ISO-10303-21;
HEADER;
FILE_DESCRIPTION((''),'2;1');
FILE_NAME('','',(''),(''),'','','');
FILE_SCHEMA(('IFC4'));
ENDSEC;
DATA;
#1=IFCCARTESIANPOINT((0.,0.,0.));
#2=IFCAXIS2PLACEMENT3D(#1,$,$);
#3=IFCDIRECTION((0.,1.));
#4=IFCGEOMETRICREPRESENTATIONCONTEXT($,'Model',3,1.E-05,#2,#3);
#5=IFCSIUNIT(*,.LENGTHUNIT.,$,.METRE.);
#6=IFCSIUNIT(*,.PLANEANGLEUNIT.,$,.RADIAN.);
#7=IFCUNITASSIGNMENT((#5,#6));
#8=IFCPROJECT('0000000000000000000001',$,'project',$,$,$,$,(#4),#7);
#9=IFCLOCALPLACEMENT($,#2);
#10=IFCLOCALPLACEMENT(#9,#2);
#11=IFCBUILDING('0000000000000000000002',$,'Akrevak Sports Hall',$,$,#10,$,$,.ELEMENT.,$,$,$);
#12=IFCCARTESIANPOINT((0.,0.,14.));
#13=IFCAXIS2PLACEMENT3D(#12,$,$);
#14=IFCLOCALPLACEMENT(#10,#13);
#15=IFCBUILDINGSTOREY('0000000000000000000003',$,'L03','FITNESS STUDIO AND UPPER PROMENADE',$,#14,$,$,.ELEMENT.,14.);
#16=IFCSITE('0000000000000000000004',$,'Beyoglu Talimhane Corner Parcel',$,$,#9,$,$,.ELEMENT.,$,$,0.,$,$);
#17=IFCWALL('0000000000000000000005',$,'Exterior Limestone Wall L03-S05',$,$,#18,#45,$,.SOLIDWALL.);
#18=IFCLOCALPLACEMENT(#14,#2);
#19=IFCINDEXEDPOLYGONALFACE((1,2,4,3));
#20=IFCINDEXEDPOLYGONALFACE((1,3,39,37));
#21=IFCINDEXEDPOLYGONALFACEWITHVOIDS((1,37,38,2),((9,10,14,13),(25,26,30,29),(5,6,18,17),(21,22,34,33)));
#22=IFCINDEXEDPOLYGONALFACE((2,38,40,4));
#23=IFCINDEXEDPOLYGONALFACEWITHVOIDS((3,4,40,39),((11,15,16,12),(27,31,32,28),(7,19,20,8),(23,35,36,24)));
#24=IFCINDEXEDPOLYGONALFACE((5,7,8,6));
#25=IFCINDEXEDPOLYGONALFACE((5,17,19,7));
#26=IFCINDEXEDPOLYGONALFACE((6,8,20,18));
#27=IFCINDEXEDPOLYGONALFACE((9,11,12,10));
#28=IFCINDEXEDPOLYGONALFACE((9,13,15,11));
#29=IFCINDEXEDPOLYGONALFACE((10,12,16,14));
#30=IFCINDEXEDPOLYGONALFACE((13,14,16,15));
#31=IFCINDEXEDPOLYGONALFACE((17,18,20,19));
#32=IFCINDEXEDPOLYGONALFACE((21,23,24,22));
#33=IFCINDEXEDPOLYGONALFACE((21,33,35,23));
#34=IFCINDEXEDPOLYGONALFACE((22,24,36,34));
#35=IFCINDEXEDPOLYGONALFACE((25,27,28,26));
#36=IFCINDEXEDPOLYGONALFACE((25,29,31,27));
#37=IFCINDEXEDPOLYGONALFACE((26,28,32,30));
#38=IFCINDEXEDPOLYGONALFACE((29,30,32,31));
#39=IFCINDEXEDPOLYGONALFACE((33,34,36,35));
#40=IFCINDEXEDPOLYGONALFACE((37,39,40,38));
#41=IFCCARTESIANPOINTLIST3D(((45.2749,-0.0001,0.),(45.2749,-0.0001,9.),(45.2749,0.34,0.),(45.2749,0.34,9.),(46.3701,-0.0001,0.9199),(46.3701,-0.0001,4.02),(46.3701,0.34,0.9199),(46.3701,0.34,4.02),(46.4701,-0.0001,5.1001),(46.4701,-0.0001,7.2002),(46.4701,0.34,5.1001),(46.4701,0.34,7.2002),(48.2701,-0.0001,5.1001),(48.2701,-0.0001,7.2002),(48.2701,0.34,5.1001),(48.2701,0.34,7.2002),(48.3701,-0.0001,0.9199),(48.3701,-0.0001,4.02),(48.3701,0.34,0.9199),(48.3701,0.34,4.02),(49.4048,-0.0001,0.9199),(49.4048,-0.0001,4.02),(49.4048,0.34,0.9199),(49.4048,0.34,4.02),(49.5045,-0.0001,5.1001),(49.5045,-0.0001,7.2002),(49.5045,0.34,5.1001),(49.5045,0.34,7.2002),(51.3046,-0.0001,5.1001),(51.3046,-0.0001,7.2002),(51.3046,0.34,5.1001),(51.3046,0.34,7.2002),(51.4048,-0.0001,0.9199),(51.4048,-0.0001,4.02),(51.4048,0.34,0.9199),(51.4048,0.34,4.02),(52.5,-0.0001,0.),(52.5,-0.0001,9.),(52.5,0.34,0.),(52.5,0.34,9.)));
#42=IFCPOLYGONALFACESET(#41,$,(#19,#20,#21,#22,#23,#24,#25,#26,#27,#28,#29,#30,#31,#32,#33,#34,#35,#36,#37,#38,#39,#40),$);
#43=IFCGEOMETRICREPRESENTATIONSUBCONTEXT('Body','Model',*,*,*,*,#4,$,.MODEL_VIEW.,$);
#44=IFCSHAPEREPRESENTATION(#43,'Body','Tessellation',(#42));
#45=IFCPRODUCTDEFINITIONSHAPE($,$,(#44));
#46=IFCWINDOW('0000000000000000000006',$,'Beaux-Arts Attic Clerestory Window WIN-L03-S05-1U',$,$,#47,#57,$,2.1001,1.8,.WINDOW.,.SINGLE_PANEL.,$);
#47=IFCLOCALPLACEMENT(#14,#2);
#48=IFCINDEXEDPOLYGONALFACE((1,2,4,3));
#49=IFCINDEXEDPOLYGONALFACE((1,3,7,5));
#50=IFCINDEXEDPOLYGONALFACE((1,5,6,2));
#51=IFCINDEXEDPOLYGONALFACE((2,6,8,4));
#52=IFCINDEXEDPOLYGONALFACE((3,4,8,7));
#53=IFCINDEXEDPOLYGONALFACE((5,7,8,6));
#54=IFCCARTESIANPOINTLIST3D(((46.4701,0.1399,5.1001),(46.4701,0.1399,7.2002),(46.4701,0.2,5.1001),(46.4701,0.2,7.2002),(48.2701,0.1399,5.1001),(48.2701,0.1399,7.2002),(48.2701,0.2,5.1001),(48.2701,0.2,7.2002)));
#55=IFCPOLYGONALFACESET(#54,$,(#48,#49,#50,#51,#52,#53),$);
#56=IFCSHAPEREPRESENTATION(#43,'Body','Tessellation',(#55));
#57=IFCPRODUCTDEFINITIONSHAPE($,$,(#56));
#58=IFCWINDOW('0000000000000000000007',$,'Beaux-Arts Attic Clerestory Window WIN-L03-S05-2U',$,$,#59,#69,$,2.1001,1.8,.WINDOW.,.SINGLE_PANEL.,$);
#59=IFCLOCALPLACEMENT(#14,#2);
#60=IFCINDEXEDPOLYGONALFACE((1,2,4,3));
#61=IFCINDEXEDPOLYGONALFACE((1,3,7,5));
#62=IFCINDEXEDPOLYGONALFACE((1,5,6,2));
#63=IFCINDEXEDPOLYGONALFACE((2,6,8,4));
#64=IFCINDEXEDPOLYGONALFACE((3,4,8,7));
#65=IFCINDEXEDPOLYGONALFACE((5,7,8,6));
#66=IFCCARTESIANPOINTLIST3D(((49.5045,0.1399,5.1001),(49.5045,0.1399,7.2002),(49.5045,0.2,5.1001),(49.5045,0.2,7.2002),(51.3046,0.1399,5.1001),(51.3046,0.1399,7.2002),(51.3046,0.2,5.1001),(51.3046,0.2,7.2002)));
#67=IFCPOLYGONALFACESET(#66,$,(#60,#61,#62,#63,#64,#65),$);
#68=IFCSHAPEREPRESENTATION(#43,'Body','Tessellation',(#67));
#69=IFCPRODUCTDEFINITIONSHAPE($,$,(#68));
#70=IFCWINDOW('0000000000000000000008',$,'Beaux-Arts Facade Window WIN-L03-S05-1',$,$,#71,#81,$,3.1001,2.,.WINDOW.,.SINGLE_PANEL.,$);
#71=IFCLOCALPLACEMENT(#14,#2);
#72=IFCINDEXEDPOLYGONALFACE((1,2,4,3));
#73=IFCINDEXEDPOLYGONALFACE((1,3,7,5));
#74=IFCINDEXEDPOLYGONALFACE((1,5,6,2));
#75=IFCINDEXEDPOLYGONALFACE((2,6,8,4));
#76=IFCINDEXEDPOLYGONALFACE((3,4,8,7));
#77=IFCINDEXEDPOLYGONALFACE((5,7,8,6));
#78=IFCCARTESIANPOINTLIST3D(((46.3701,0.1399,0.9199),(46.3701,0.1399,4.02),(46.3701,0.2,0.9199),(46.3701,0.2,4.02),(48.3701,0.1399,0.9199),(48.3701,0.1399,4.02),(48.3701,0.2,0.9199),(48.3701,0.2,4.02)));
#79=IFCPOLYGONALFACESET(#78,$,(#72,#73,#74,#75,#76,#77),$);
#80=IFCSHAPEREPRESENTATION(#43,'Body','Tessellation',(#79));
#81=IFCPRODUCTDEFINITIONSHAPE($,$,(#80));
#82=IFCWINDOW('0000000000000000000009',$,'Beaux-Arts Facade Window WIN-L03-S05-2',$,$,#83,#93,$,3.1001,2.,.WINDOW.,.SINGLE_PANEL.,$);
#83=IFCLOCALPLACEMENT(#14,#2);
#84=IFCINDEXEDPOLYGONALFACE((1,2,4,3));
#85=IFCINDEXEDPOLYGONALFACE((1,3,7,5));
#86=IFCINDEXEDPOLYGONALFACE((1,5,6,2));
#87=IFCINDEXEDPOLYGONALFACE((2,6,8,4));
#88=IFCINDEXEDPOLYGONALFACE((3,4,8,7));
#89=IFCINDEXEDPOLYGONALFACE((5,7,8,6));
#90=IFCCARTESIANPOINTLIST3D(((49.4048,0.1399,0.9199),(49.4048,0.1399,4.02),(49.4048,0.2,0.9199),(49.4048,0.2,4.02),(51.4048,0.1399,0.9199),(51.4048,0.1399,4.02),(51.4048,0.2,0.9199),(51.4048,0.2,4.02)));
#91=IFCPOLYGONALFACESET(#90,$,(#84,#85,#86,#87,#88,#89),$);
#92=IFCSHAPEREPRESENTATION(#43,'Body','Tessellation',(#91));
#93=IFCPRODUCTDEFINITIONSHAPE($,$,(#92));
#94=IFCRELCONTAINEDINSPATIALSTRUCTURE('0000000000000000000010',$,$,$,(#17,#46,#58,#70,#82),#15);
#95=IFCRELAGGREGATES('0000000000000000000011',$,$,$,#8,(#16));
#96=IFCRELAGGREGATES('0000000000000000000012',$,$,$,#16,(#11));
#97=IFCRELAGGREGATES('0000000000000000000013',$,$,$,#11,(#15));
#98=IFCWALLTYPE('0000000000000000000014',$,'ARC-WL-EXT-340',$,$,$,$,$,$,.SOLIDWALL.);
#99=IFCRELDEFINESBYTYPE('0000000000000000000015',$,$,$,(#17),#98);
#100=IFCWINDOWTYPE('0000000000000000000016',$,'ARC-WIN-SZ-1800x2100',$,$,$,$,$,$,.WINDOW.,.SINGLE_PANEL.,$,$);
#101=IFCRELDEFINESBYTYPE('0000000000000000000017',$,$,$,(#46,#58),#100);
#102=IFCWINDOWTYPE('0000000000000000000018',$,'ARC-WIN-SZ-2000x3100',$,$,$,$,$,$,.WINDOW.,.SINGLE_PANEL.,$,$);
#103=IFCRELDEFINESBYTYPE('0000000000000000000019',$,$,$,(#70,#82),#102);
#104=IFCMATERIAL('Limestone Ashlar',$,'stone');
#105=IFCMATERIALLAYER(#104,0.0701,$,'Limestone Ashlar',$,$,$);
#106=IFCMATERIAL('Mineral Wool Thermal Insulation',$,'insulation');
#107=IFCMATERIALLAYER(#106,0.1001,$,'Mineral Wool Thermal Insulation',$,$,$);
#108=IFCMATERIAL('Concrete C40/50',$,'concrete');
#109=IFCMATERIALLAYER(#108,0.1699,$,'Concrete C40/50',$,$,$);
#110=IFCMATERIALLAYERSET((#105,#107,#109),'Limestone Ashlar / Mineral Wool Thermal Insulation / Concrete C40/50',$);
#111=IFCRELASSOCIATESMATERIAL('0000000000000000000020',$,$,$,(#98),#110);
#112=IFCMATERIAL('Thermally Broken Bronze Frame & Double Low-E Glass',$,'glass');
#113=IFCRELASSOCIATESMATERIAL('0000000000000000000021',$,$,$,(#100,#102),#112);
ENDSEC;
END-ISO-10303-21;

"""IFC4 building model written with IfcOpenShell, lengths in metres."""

from ifc_helpers import new_model, si_unit, direction, frame, frame_2d, origin, place, context, subcontext, project, spatial, rectangle, extrude, material, layer, layer_set, type_object, element, fill, save


model = new_model("IFC4")

# Units and contexts
model_context = context("Model", 3, precision=1e-05, world=origin(), true_north=direction((0.0, 1.0)))
body_context = subcontext(model_context, "Body", "Model", "MODEL_VIEW")
ifc_project = project(units=[si_unit("LENGTHUNIT", "METRE"), si_unit("PLANEANGLEUNIT", "RADIAN")], contexts=[model_context])

# Site, building, storey
site_placement = place(None, origin())
site = spatial("IfcSite", under=ifc_project, at=site_placement, Name="Beyoglu Talimhane Corner Parcel", CompositionType="ELEMENT", RefElevation=0.0)
building_placement = place(site_placement, origin())
building = spatial("IfcBuilding", under=site, at=building_placement, Name="Akrevak Sports Hall", CompositionType="ELEMENT")
storey_placement = place(building_placement, frame((0.0, 0.0, 14.0)))
storey = spatial("IfcBuildingStorey", under=building, at=storey_placement, Name="L03", Description="FITNESS STUDIO AND UPPER PROMENADE", CompositionType="ELEMENT", Elevation=14.0)

# Shared definitions
ifc_material_1 = material(Name="Concrete C40/50", Category="concrete")

# Wall, openings, windows
ifc_material_2 = material(Name="Limestone Ashlar", Category="stone")
ifc_layer_1 = layer(ifc_material_2, 0.0701, Name="Limestone Ashlar")
ifc_material_3 = material(Name="Mineral Wool Thermal Insulation", Category="insulation")
ifc_layer_2 = layer(ifc_material_3, 0.1001, Name="Mineral Wool Thermal Insulation")
ifc_layer_3 = layer(ifc_material_1, 0.1699, Name="Concrete C40/50")
ifc_layer_set_1 = layer_set([ifc_layer_1, ifc_layer_2, ifc_layer_3], Name="Limestone Ashlar / Mineral Wool Thermal Insulation / Concrete C40/50")
wall_type = type_object("IfcWallType", Name="ARC-WL-EXT-340", PredefinedType="SOLIDWALL", material=ifc_layer_set_1)
wall_1_placement = place(storey_placement, frame((45.2749, 0.1699, 0.0), z_axis=(0.0, 0.0, 1.0), x_axis=(1.0, 0.0, 0.0)))
wall_1 = element("IfcWall", 1, at=wall_1_placement, inside=storey, type_object=wall_type, Name="Exterior Limestone Wall L03-S05", PredefinedType="SOLIDWALL", context=body_context, shape_type="SweptSolid", body=[
    extrude(rectangle(XDim=7.2251, YDim=0.3401, at=frame_2d((3.6125, 0.0))), origin(), (0.0, 0.0, 1.0), 9.0),
])
opening_1_placement = place(wall_1_placement, frame((1.0952, 0.0, 0.9199)))
opening_1 = element("IfcOpeningElement", 2, at=opening_1_placement, cuts=wall_1, PredefinedType="OPENING", context=body_context, shape_type="SweptSolid", body=[
    extrude(rectangle(XDim=2.0, YDim=3.1001, at=frame_2d((1.0, 1.55))), frame((0.0, 0.1821, 0.0), z_axis=(0.0, -1.0, 0.0), x_axis=(1.0, 0.0, 0.0)), (0.0, 0.0, 1.0), 0.364),
])
opening_2_placement = place(wall_1_placement, frame((1.1953, 0.0, 5.1001)))
opening_2 = element("IfcOpeningElement", 3, at=opening_2_placement, cuts=wall_1, PredefinedType="OPENING", context=body_context, shape_type="SweptSolid", body=[
    extrude(rectangle(XDim=1.8, YDim=2.1001, at=frame_2d((0.8999, 1.05))), frame((0.0, 0.1821, 0.0), z_axis=(0.0, -1.0, 0.0), x_axis=(1.0, 0.0, 0.0)), (0.0, 0.0, 1.0), 0.364),
])
opening_3_placement = place(wall_1_placement, frame((4.1299, 0.0, 0.9199)))
opening_3 = element("IfcOpeningElement", 4, at=opening_3_placement, cuts=wall_1, PredefinedType="OPENING", context=body_context, shape_type="SweptSolid", body=[
    extrude(rectangle(XDim=2.0, YDim=3.1001, at=frame_2d((1.0, 1.55))), frame((0.0, 0.1821, 0.0), z_axis=(0.0, -1.0, 0.0), x_axis=(1.0, 0.0, 0.0)), (0.0, 0.0, 1.0), 0.364),
])
opening_4_placement = place(wall_1_placement, frame((4.2297, 0.0, 5.1001)))
opening_4 = element("IfcOpeningElement", 5, at=opening_4_placement, cuts=wall_1, PredefinedType="OPENING", context=body_context, shape_type="SweptSolid", body=[
    extrude(rectangle(XDim=1.8, YDim=2.1001, at=frame_2d((0.8999, 1.05))), frame((0.0, 0.1821, 0.0), z_axis=(0.0, -1.0, 0.0), x_axis=(1.0, 0.0, 0.0)), (0.0, 0.0, 1.0), 0.364),
])
ifc_material_4 = material(Name="Thermally Broken Bronze Frame & Double Low-E Glass", Category="glass")
window_type_1 = type_object("IfcWindowType", Name="ARC-WIN-SZ-1800x2100", PartitioningType="SINGLE_PANEL", PredefinedType="WINDOW", material=ifc_material_4)
window_1_placement = place(opening_2_placement, origin())
window_1 = element("IfcWindow", 6, at=window_1_placement, inside=storey, type_object=window_type_1, Name="Beaux-Arts Attic Clerestory Window WIN-L03-S05-1U", OverallHeight=2.1001, OverallWidth=1.8, PartitioningType="SINGLE_PANEL", PredefinedType="WINDOW", context=body_context, shape_type="SweptSolid", body=[
    extrude(rectangle(XDim=1.8, YDim=2.1001, at=frame_2d((0.8999, 1.05))), frame((0.0, 0.03, 0.0), z_axis=(0.0, -1.0, 0.0), x_axis=(1.0, 0.0, 0.0)), (0.0, 0.0, 1.0), 0.0601),
])
fill(opening_2, window_1)
window_2_placement = place(opening_4_placement, origin())
window_2 = element("IfcWindow", 7, at=window_2_placement, inside=storey, type_object=window_type_1, Name="Beaux-Arts Attic Clerestory Window WIN-L03-S05-2U", OverallHeight=2.1001, OverallWidth=1.8, PartitioningType="SINGLE_PANEL", PredefinedType="WINDOW", context=body_context, shape_type="SweptSolid", body=[
    extrude(rectangle(XDim=1.8, YDim=2.1001, at=frame_2d((0.8999, 1.05))), frame((0.0, 0.03, 0.0), z_axis=(0.0, -1.0, 0.0), x_axis=(1.0, 0.0, 0.0)), (0.0, 0.0, 1.0), 0.0601),
])
fill(opening_4, window_2)
window_type_2 = type_object("IfcWindowType", Name="ARC-WIN-SZ-2000x3100", PartitioningType="SINGLE_PANEL", PredefinedType="WINDOW", material=ifc_material_4)
window_3_placement = place(opening_1_placement, origin())
window_3 = element("IfcWindow", 8, at=window_3_placement, inside=storey, type_object=window_type_2, Name="Beaux-Arts Facade Window WIN-L03-S05-1", OverallHeight=3.1001, OverallWidth=2.0, PartitioningType="SINGLE_PANEL", PredefinedType="WINDOW", context=body_context, shape_type="SweptSolid", body=[
    extrude(rectangle(XDim=2.0, YDim=3.1001, at=frame_2d((1.0, 1.55))), frame((0.0, 0.03, 0.0), z_axis=(0.0, -1.0, 0.0), x_axis=(1.0, 0.0, 0.0)), (0.0, 0.0, 1.0), 0.0601),
])
fill(opening_1, window_3)
window_4_placement = place(opening_3_placement, origin())
window_4 = element("IfcWindow", 9, at=window_4_placement, inside=storey, type_object=window_type_2, Name="Beaux-Arts Facade Window WIN-L03-S05-2", OverallHeight=3.1001, OverallWidth=2.0, PartitioningType="SINGLE_PANEL", PredefinedType="WINDOW", context=body_context, shape_type="SweptSolid", body=[
    extrude(rectangle(XDim=2.0, YDim=3.1001, at=frame_2d((1.0, 1.55))), frame((0.0, 0.03, 0.0), z_axis=(0.0, -1.0, 0.0), x_axis=(1.0, 0.0, 0.0)), (0.0, 0.0, 1.0), 0.0601),
])
fill(opening_3, window_4)

save(model, "model.ifc")
